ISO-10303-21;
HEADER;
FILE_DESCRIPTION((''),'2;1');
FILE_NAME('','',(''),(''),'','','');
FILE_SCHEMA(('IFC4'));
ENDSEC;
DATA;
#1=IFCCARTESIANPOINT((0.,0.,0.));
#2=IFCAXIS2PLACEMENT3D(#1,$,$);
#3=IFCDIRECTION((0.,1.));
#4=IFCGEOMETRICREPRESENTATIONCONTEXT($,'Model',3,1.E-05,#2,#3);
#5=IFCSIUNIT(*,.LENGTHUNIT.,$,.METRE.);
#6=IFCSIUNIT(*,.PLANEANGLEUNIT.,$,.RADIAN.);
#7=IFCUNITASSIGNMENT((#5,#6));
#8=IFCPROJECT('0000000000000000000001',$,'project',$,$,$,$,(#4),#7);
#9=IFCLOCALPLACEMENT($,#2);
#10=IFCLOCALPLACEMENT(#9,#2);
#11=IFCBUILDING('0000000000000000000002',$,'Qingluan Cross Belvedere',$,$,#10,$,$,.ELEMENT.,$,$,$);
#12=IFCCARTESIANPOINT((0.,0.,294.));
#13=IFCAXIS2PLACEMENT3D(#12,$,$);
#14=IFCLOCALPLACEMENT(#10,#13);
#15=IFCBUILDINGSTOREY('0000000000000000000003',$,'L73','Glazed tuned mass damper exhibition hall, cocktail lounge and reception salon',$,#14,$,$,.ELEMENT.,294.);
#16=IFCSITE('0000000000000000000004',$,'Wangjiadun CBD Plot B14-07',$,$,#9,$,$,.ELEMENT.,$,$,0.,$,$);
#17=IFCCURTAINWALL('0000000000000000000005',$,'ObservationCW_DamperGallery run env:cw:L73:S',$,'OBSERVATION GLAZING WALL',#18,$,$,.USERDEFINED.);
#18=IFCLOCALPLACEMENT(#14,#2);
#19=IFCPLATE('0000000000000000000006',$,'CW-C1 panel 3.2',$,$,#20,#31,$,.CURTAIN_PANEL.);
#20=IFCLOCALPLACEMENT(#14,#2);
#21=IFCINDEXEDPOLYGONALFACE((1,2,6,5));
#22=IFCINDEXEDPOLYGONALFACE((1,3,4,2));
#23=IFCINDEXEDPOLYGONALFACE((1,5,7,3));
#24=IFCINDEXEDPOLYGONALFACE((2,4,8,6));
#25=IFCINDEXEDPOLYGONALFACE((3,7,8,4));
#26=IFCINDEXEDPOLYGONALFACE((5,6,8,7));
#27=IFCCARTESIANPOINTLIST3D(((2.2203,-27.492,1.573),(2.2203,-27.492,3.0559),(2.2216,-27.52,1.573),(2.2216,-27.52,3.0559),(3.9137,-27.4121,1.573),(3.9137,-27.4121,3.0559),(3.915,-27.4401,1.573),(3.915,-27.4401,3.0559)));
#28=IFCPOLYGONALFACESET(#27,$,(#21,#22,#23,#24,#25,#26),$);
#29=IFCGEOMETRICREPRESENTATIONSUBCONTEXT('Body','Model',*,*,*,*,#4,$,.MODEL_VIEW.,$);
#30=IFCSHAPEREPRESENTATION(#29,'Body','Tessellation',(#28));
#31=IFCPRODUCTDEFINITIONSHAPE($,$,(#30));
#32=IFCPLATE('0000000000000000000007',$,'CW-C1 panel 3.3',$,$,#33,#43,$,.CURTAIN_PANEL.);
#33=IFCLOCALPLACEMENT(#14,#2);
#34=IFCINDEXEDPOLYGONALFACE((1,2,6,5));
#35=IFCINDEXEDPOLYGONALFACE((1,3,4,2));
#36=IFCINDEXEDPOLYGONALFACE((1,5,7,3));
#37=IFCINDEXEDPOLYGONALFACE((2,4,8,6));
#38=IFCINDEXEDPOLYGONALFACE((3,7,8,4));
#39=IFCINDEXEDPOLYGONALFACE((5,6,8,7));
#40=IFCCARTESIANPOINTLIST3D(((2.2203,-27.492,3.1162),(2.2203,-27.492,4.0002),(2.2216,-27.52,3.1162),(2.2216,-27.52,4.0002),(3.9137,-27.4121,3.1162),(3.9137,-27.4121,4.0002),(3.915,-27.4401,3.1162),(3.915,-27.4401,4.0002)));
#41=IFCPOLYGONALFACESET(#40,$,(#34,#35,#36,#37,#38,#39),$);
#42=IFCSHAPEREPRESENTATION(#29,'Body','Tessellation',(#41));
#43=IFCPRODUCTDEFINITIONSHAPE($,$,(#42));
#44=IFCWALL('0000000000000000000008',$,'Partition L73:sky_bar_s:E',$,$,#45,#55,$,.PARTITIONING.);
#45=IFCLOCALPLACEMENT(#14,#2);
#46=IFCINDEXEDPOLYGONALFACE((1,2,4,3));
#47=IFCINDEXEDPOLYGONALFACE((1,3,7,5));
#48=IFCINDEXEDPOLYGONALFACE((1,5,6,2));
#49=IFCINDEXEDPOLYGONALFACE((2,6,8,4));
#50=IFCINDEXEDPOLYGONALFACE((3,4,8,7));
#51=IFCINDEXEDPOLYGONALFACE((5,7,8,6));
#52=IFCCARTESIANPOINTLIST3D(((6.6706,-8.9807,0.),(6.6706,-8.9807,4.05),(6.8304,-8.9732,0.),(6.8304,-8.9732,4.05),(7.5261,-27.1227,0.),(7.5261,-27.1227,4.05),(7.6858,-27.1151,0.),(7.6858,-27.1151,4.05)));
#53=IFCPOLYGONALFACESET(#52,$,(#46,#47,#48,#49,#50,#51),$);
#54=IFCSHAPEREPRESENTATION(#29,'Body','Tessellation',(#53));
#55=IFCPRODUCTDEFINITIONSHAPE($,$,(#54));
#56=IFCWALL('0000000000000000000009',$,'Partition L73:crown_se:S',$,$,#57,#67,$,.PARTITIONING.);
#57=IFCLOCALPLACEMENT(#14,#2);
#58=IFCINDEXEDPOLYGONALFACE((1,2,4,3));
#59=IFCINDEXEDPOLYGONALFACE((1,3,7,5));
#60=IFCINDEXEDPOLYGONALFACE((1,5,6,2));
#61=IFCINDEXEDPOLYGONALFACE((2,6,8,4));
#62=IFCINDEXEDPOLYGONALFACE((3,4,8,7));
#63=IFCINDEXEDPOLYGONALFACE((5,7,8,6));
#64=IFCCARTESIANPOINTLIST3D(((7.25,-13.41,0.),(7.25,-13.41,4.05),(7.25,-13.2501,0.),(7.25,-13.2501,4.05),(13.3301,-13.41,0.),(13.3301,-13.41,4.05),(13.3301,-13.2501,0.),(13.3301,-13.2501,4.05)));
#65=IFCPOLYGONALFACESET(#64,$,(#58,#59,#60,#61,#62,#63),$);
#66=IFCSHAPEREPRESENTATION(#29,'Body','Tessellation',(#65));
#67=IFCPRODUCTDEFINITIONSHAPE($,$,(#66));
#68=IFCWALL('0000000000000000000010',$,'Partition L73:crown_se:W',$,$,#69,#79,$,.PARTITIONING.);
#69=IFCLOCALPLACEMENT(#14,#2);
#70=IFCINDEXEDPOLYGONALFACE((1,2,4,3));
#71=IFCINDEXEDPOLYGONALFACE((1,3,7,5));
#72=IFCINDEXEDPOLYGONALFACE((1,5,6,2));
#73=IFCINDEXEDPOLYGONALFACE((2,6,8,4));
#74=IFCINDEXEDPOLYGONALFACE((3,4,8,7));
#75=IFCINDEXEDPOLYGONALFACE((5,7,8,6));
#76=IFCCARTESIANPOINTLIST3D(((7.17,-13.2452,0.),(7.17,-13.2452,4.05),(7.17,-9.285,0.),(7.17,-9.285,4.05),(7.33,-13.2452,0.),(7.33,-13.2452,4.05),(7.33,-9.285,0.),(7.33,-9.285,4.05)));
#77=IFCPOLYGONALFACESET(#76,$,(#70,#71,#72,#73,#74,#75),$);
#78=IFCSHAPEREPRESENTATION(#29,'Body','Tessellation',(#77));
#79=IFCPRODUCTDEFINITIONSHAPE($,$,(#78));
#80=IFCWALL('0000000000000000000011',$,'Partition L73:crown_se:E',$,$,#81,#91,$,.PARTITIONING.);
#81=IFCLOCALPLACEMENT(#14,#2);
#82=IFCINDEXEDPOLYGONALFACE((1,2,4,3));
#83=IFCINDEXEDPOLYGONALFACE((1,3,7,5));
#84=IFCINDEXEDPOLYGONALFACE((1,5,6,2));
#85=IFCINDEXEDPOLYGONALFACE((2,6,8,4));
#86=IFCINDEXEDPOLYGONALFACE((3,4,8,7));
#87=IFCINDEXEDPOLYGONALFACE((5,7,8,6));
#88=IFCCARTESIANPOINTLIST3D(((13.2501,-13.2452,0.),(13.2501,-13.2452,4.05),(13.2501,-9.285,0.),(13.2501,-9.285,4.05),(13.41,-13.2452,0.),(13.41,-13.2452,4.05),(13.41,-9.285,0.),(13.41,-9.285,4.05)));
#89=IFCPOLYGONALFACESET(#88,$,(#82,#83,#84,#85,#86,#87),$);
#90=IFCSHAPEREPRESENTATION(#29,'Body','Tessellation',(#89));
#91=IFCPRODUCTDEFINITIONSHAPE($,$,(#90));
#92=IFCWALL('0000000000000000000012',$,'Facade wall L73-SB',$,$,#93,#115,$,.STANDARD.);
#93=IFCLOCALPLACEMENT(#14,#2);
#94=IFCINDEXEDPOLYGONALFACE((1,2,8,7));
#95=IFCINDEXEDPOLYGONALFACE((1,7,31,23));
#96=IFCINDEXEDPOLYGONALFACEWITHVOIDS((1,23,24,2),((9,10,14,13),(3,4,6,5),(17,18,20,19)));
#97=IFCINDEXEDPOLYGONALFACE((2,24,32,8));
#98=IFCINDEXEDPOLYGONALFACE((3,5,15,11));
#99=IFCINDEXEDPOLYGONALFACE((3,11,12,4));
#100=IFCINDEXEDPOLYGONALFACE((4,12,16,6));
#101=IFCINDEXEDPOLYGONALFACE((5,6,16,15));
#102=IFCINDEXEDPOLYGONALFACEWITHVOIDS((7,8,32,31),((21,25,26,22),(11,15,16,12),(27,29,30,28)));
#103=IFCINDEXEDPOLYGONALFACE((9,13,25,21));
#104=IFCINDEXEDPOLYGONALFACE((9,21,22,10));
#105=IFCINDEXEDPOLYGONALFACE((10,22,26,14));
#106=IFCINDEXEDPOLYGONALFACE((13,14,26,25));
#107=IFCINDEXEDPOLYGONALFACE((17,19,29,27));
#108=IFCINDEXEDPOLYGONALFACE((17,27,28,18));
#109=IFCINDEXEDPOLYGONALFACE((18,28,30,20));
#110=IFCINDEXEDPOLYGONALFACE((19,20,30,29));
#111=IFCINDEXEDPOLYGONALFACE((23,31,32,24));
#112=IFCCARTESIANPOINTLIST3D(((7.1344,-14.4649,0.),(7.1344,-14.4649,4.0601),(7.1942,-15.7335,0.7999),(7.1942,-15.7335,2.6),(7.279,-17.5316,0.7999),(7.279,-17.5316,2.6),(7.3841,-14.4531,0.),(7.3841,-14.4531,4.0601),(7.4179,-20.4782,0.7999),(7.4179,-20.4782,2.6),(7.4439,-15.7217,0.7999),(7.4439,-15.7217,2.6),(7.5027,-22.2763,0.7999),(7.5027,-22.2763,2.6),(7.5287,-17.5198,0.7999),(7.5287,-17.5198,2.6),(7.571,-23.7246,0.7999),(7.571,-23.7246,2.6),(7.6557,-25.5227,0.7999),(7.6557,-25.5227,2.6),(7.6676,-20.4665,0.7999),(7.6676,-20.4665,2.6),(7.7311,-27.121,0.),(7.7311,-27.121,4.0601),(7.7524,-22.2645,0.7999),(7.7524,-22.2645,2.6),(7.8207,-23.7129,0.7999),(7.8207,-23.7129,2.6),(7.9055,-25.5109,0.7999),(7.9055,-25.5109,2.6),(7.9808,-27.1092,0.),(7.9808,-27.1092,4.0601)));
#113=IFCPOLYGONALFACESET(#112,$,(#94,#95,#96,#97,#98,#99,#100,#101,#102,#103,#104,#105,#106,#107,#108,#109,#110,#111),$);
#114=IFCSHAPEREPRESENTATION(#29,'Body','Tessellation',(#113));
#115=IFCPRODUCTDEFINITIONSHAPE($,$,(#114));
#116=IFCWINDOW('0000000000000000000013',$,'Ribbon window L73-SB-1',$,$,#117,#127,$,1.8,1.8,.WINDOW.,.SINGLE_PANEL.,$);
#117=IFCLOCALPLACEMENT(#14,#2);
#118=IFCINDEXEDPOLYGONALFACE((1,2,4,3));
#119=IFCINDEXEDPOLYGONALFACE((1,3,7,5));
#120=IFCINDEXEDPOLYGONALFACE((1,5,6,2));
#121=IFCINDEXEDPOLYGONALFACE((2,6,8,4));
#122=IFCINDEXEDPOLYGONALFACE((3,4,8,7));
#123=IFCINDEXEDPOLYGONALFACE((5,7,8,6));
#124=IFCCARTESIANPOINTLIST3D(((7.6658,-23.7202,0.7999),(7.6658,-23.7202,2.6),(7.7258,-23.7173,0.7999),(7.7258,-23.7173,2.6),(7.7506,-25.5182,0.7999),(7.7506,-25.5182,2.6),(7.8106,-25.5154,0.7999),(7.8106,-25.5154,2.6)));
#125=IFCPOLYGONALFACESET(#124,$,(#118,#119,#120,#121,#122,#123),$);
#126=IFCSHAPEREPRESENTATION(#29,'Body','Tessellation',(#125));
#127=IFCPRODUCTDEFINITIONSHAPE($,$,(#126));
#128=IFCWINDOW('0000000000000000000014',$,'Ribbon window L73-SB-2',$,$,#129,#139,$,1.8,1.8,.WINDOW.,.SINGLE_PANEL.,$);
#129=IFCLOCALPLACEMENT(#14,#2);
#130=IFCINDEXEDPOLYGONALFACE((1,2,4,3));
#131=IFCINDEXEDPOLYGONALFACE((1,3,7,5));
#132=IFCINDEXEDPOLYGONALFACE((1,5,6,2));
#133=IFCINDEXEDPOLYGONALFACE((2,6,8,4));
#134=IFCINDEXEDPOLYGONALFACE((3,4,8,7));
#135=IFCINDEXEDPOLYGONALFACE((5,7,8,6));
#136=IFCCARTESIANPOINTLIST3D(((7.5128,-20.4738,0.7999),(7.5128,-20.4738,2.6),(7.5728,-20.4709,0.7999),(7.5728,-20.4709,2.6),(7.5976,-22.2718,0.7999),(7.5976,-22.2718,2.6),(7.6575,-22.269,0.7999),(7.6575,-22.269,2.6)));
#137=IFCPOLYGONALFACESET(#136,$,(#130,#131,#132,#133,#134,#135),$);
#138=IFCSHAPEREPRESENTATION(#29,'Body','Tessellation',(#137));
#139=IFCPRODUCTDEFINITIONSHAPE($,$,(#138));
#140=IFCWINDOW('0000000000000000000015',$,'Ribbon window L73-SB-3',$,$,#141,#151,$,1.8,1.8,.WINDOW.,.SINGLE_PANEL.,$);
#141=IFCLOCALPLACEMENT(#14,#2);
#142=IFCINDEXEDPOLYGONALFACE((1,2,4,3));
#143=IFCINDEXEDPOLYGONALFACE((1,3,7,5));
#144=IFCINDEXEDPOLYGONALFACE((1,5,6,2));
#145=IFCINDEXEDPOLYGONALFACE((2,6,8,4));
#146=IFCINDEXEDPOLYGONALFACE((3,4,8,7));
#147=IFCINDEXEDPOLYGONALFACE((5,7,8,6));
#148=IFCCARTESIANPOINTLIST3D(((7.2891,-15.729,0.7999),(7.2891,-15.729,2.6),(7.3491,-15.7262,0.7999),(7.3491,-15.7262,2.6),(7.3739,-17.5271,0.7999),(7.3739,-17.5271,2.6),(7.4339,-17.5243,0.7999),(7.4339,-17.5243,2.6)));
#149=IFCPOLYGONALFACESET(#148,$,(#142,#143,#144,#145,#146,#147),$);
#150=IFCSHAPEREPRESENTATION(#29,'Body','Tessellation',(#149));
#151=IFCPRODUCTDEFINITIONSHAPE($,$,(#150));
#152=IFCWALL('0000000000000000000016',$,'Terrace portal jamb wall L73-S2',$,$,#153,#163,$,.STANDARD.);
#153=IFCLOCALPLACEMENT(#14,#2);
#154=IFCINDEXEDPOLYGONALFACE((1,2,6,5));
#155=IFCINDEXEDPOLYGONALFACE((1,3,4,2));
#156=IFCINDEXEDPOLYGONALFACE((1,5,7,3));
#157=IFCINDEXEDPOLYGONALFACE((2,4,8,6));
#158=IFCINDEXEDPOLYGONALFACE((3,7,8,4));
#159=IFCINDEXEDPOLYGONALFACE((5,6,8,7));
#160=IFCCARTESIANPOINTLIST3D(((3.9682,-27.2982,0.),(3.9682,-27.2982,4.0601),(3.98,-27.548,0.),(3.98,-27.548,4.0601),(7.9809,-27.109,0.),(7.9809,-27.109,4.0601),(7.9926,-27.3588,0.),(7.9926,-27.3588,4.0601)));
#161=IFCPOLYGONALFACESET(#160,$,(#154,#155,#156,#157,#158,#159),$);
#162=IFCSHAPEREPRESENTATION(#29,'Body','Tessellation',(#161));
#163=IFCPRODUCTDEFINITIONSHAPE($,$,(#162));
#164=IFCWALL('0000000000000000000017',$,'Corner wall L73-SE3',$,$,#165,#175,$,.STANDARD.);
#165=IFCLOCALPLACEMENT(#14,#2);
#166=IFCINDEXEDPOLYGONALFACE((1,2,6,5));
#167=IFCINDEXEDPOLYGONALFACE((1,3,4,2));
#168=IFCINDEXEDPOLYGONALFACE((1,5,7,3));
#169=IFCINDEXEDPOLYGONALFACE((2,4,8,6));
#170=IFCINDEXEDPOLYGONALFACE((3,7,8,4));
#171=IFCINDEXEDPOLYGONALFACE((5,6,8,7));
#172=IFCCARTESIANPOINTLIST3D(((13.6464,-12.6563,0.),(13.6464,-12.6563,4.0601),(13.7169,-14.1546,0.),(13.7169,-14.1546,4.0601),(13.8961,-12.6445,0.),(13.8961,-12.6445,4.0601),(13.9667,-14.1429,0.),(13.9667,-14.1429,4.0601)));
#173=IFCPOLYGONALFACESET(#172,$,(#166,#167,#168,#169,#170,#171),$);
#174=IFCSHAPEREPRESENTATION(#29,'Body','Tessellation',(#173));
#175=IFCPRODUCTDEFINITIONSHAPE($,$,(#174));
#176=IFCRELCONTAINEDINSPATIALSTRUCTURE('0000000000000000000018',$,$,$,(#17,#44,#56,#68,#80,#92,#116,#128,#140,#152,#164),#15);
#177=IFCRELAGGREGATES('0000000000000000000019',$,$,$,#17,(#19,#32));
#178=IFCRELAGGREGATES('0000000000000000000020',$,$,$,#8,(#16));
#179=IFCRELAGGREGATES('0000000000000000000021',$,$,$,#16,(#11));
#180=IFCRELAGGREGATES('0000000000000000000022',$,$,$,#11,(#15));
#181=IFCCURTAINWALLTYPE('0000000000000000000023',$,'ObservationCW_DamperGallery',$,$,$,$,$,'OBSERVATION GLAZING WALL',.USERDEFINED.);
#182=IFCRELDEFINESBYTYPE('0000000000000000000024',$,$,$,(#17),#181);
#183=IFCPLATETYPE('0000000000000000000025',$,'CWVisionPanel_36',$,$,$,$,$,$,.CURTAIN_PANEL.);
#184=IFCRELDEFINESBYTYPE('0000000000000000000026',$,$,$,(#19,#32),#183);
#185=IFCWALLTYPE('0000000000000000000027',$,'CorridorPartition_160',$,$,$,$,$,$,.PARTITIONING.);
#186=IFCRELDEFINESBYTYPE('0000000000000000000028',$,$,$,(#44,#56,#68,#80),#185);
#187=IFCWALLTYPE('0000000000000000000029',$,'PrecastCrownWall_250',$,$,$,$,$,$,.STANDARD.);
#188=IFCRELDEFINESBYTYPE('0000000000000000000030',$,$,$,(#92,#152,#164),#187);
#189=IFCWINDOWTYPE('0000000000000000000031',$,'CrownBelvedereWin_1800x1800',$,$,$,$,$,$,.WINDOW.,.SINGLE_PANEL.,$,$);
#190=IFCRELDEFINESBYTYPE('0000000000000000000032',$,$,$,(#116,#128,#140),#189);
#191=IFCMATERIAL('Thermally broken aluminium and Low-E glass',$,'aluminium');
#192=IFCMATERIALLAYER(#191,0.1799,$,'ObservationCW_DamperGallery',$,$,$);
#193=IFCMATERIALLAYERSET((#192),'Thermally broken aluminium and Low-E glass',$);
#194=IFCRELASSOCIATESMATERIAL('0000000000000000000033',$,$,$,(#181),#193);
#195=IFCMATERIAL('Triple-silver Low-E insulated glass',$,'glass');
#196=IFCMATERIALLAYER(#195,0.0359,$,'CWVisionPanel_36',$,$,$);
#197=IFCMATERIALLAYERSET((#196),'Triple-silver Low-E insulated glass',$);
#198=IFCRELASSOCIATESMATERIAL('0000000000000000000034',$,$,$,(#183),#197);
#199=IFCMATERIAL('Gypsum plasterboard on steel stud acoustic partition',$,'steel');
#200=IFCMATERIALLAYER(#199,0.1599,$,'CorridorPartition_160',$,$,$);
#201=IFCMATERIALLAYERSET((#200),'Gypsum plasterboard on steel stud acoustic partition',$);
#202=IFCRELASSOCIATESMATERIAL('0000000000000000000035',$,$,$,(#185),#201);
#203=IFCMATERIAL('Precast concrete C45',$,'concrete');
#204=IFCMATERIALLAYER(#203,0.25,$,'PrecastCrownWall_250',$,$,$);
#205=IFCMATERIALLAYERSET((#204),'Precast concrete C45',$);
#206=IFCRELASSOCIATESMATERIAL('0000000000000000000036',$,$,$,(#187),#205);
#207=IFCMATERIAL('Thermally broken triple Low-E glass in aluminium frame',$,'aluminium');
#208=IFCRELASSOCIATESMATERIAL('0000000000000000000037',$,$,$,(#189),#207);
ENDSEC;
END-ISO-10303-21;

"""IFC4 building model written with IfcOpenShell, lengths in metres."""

from ifc_helpers import new_model, si_unit, direction, frame, frame_2d, origin, origin_2d, place, context, subcontext, project, spatial, rectangle, extrude, material, layer, layer_set, type_object, element, fill, aggregate, save


model = new_model("IFC4")

# Units and contexts
model_context = context("Model", 3, precision=1e-05, world=origin(), true_north=direction((0.0, 1.0)))
body_context = subcontext(model_context, "Body", "Model", "MODEL_VIEW")
ifc_project = project(units=[si_unit("LENGTHUNIT", "METRE"), si_unit("PLANEANGLEUNIT", "RADIAN")], contexts=[model_context])

# Site, building, storey
site_placement = place(None, origin())
site = spatial("IfcSite", under=ifc_project, at=site_placement, Name="Wangjiadun CBD Plot B14-07", CompositionType="ELEMENT", RefElevation=0.0)
building_placement = place(site_placement, origin())
building = spatial("IfcBuilding", under=site, at=building_placement, Name="Qingluan Cross Belvedere", CompositionType="ELEMENT")
storey_placement = place(building_placement, frame((0.0, 0.0, 294.0)))
storey = spatial("IfcBuildingStorey", under=building, at=storey_placement, Name="L73", Description="Glazed tuned mass damper exhibition hall, cocktail lounge and reception salon", CompositionType="ELEMENT", Elevation=294.0)

# Curtain wall
ifc_material_1 = material(Name="Thermally broken aluminium and Low-E glass", Category="aluminium")
ifc_layer_1 = layer(ifc_material_1, 0.1799, Name="ObservationCW_DamperGallery")
ifc_layer_set_1 = layer_set([ifc_layer_1], Name="Thermally broken aluminium and Low-E glass")
curtain_wall_type = type_object("IfcCurtainWallType", Name="ObservationCW_DamperGallery", ElementType="OBSERVATION GLAZING WALL", PredefinedType="USERDEFINED", material=ifc_layer_set_1)
curtain_wall_placement = place(storey_placement, origin())
curtain_wall = element("IfcCurtainWall", 1, at=curtain_wall_placement, inside=storey, type_object=curtain_wall_type, Name="ObservationCW_DamperGallery run env:cw:L73:S", ObjectType="OBSERVATION GLAZING WALL", PredefinedType="USERDEFINED")

# Plates
ifc_material_2 = material(Name="Triple-silver Low-E insulated glass", Category="glass")
ifc_layer_2 = layer(ifc_material_2, 0.0359, Name="CWVisionPanel_36")
ifc_layer_set_2 = layer_set([ifc_layer_2], Name="Triple-silver Low-E insulated glass")
plate_type = type_object("IfcPlateType", Name="CWVisionPanel_36", PredefinedType="CURTAIN_PANEL", material=ifc_layer_set_2)
plate_1_placement = place(storey_placement, frame((3.0676, -27.4661, 1.573), z_axis=(0.0, 0.0, 1.0), x_axis=(0.998889, 0.047125, 0.0)))
plate_1 = element("IfcPlate", 2, at=plate_1_placement, type_object=plate_type, Name="CW-C1 panel 3.2", PredefinedType="CURTAIN_PANEL", context=body_context, shape_type="SweptSolid", body=[
    extrude(rectangle(XDim=1.6953, YDim=0.0281, at=origin_2d()), origin(), (0.0, 0.0, 1.0), 1.4829),
])
plate_2_placement = place(storey_placement, frame((3.0676, -27.4661, 3.1162), z_axis=(0.0, 0.0, 1.0), x_axis=(0.998889, 0.047125, 0.0)))
plate_2 = element("IfcPlate", 3, at=plate_2_placement, type_object=plate_type, Name="CW-C1 panel 3.3", PredefinedType="CURTAIN_PANEL", context=body_context, shape_type="SweptSolid", body=[
    extrude(rectangle(XDim=1.6953, YDim=0.0281, at=origin_2d()), origin(), (0.0, 0.0, 1.0), 0.884),
])
aggregate(curtain_wall, [plate_1, plate_2])

# Walls
ifc_material_3 = material(Name="Gypsum plasterboard on steel stud acoustic partition", Category="steel")
ifc_layer_3 = layer(ifc_material_3, 0.1599, Name="CorridorPartition_160")
ifc_layer_set_3 = layer_set([ifc_layer_3], Name="Gypsum plasterboard on steel stud acoustic partition")
wall_type_1 = type_object("IfcWallType", Name="CorridorPartition_160", PredefinedType="PARTITIONING", material=ifc_layer_set_3)
wall_1_placement = place(storey_placement, frame((7.606, -27.1189, 0.0), z_axis=(0.0, 0.0, 1.0), x_axis=(-0.047102, 0.99889, 0.0)))
element("IfcWall", 4, at=wall_1_placement, inside=storey, type_object=wall_type_1, Name="Partition L73:sky_bar_s:E", PredefinedType="PARTITIONING", context=body_context, shape_type="SweptSolid", body=[
    extrude(rectangle(XDim=18.1621, YDim=0.1599, at=frame_2d((9.0811, 0.0))), origin(), (0.0, 0.0, 1.0), 4.05),
])
wall_2_placement = place(storey_placement, frame((7.25, -13.3301, 0.0), z_axis=(0.0, 0.0, 1.0), x_axis=(1.0, 0.0, 0.0)))
element("IfcWall", 5, at=wall_2_placement, inside=storey, type_object=wall_type_1, Name="Partition L73:crown_se:S", PredefinedType="PARTITIONING", context=body_context, shape_type="SweptSolid", body=[
    extrude(rectangle(XDim=6.0801, YDim=0.1599, at=frame_2d((3.04, 0.0))), origin(), (0.0, 0.0, 1.0), 4.05),
])
for number, where, z_axis, x_axis, name in (
    (6, (7.25, -13.2451, 0.0), (0.0, 0.0, 1.0), (0.0, 1.0, 0.0), "Partition L73:crown_se:W"),
    (7, (13.3301, -13.2451, 0.0), (0.0, 0.0, 1.0), (0.0, 1.0, 0.0), "Partition L73:crown_se:E"),
):
    element("IfcWall", number, at=place(storey_placement, frame(where, z_axis=z_axis, x_axis=x_axis)), inside=storey, type_object=wall_type_1, Name=name, PredefinedType="PARTITIONING", context=body_context, shape_type="SweptSolid", body=[
        extrude(rectangle(XDim=3.9602, YDim=0.1599, at=frame_2d((1.98, 0.0))), origin(), (0.0, 0.0, 1.0), 4.05),
    ])

# Wall, openings, windows
ifc_material_4 = material(Name="Precast concrete C45", Category="concrete")
ifc_layer_4 = layer(ifc_material_4, 0.25, Name="PrecastCrownWall_250")
ifc_layer_set_4 = layer_set([ifc_layer_4], Name="Precast concrete C45")
wall_type_2 = type_object("IfcWallType", Name="PrecastCrownWall_250", PredefinedType="STANDARD", material=ifc_layer_set_4)
wall_3_placement = place(storey_placement, frame((7.856, -27.115, 0.0), z_axis=(0.0, 0.0, 1.0), x_axis=(-0.047094, 0.99889, 0.0)))
wall_3 = element("IfcWall", 8, at=wall_3_placement, inside=storey, type_object=wall_type_2, Name="Facade wall L73-SB", PredefinedType="STANDARD", context=body_context, shape_type="SweptSolid", body=[
    extrude(rectangle(XDim=12.6702, YDim=0.25, at=frame_2d((6.335, 0.0))), origin(), (0.0, 0.0, 1.0), 4.0601),
])
opening_1_placement = place(wall_3_placement, frame((1.6001, 0.0, 0.8)))
opening_1 = element("IfcOpeningElement", 9, at=opening_1_placement, cuts=wall_3, PredefinedType="OPENING", context=body_context, shape_type="SweptSolid", body=[
    extrude(rectangle(XDim=1.8, YDim=1.8, at=frame_2d((0.8999, 0.8999))), frame((0.0, 0.135, 0.0), z_axis=(0.0, -1.0, 0.0), x_axis=(1.0, 0.0, 0.0)), (0.0, 0.0, 1.0), 0.27),
])
opening_2_placement = place(wall_3_placement, frame((4.8501, 0.0, 0.8)))
opening_2 = element("IfcOpeningElement", 10, at=opening_2_placement, cuts=wall_3, PredefinedType="OPENING", context=body_context, shape_type="SweptSolid", body=[
    extrude(rectangle(XDim=1.8, YDim=1.8, at=frame_2d((0.8999, 0.8999))), frame((0.0, 0.135, 0.0), z_axis=(0.0, -1.0, 0.0), x_axis=(1.0, 0.0, 0.0)), (0.0, 0.0, 1.0), 0.27),
])
opening_3_placement = place(wall_3_placement, frame((9.6001, 0.0, 0.8)))
opening_3 = element("IfcOpeningElement", 11, at=opening_3_placement, cuts=wall_3, PredefinedType="OPENING", context=body_context, shape_type="SweptSolid", body=[
    extrude(rectangle(XDim=1.8, YDim=1.8, at=frame_2d((0.8999, 0.8999))), frame((0.0, 0.135, 0.0), z_axis=(0.0, -1.0, 0.0), x_axis=(1.0, 0.0, 0.0)), (0.0, 0.0, 1.0), 0.27),
])
ifc_material_5 = material(Name="Thermally broken triple Low-E glass in aluminium frame", Category="aluminium")
window_type = type_object("IfcWindowType", Name="CrownBelvedereWin_1800x1800", PartitioningType="SINGLE_PANEL", PredefinedType="WINDOW", material=ifc_material_5)
window_1_placement = place(opening_1_placement, origin())
window_1 = element("IfcWindow", 12, at=window_1_placement, inside=storey, type_object=window_type, Name="Ribbon window L73-SB-1", OverallHeight=1.8, OverallWidth=1.8, PartitioningType="SINGLE_PANEL", PredefinedType="WINDOW", context=body_context, shape_type="SweptSolid", body=[
    extrude(rectangle(XDim=1.8, YDim=1.8, at=frame_2d((0.8999, 0.8999))), frame((0.0, 0.03, 0.0), z_axis=(0.0, -1.0, 0.0), x_axis=(1.0, 0.0, 0.0)), (0.0, 0.0, 1.0), 0.0601),
])
fill(opening_1, window_1)
window_2_placement = place(opening_2_placement, origin())
window_2 = element("IfcWindow", 13, at=window_2_placement, inside=storey, type_object=window_type, Name="Ribbon window L73-SB-2", OverallHeight=1.8, OverallWidth=1.8, PartitioningType="SINGLE_PANEL", PredefinedType="WINDOW", context=body_context, shape_type="SweptSolid", body=[
    extrude(rectangle(XDim=1.8, YDim=1.8, at=frame_2d((0.8999, 0.8999))), frame((0.0, 0.03, 0.0), z_axis=(0.0, -1.0, 0.0), x_axis=(1.0, 0.0, 0.0)), (0.0, 0.0, 1.0), 0.0601),
])
fill(opening_2, window_2)
window_3_placement = place(opening_3_placement, origin())
window_3 = element("IfcWindow", 14, at=window_3_placement, inside=storey, type_object=window_type, Name="Ribbon window L73-SB-3", OverallHeight=1.8, OverallWidth=1.8, PartitioningType="SINGLE_PANEL", PredefinedType="WINDOW", context=body_context, shape_type="SweptSolid", body=[
    extrude(rectangle(XDim=1.8, YDim=1.8, at=frame_2d((0.8999, 0.8999))), frame((0.0, 0.03, 0.0), z_axis=(0.0, -1.0, 0.0), x_axis=(1.0, 0.0, 0.0)), (0.0, 0.0, 1.0), 0.0601),
])
fill(opening_3, window_3)

# Walls
wall_4_placement = place(storey_placement, frame((3.9741, -27.4231, 0.0), z_axis=(0.0, 0.0, 1.0), x_axis=(0.99889, 0.0471, 0.0)))
element("IfcWall", 15, at=wall_4_placement, inside=storey, type_object=wall_type_2, Name="Terrace portal jamb wall L73-S2", PredefinedType="STANDARD", context=body_context, shape_type="SweptSolid", body=[
    extrude(rectangle(XDim=4.0171, YDim=0.25, at=frame_2d((2.0085, 0.0))), origin(), (0.0, 0.0, 1.0), 4.0601),
])
wall_5_placement = place(storey_placement, frame((13.7712, -12.6504, 0.0), z_axis=(0.0, 0.0, 1.0), x_axis=(0.047039, -0.998893, 0.0)))
element("IfcWall", 16, at=wall_5_placement, inside=storey, type_object=wall_type_2, Name="Corner wall L73-SE3", PredefinedType="STANDARD", context=body_context, shape_type="SweptSolid", body=[
    extrude(rectangle(XDim=1.5, YDim=0.25, at=frame_2d((0.75, 0.0))), origin(), (0.0, 0.0, 1.0), 4.0601),
])

save(model, "model.ifc")
